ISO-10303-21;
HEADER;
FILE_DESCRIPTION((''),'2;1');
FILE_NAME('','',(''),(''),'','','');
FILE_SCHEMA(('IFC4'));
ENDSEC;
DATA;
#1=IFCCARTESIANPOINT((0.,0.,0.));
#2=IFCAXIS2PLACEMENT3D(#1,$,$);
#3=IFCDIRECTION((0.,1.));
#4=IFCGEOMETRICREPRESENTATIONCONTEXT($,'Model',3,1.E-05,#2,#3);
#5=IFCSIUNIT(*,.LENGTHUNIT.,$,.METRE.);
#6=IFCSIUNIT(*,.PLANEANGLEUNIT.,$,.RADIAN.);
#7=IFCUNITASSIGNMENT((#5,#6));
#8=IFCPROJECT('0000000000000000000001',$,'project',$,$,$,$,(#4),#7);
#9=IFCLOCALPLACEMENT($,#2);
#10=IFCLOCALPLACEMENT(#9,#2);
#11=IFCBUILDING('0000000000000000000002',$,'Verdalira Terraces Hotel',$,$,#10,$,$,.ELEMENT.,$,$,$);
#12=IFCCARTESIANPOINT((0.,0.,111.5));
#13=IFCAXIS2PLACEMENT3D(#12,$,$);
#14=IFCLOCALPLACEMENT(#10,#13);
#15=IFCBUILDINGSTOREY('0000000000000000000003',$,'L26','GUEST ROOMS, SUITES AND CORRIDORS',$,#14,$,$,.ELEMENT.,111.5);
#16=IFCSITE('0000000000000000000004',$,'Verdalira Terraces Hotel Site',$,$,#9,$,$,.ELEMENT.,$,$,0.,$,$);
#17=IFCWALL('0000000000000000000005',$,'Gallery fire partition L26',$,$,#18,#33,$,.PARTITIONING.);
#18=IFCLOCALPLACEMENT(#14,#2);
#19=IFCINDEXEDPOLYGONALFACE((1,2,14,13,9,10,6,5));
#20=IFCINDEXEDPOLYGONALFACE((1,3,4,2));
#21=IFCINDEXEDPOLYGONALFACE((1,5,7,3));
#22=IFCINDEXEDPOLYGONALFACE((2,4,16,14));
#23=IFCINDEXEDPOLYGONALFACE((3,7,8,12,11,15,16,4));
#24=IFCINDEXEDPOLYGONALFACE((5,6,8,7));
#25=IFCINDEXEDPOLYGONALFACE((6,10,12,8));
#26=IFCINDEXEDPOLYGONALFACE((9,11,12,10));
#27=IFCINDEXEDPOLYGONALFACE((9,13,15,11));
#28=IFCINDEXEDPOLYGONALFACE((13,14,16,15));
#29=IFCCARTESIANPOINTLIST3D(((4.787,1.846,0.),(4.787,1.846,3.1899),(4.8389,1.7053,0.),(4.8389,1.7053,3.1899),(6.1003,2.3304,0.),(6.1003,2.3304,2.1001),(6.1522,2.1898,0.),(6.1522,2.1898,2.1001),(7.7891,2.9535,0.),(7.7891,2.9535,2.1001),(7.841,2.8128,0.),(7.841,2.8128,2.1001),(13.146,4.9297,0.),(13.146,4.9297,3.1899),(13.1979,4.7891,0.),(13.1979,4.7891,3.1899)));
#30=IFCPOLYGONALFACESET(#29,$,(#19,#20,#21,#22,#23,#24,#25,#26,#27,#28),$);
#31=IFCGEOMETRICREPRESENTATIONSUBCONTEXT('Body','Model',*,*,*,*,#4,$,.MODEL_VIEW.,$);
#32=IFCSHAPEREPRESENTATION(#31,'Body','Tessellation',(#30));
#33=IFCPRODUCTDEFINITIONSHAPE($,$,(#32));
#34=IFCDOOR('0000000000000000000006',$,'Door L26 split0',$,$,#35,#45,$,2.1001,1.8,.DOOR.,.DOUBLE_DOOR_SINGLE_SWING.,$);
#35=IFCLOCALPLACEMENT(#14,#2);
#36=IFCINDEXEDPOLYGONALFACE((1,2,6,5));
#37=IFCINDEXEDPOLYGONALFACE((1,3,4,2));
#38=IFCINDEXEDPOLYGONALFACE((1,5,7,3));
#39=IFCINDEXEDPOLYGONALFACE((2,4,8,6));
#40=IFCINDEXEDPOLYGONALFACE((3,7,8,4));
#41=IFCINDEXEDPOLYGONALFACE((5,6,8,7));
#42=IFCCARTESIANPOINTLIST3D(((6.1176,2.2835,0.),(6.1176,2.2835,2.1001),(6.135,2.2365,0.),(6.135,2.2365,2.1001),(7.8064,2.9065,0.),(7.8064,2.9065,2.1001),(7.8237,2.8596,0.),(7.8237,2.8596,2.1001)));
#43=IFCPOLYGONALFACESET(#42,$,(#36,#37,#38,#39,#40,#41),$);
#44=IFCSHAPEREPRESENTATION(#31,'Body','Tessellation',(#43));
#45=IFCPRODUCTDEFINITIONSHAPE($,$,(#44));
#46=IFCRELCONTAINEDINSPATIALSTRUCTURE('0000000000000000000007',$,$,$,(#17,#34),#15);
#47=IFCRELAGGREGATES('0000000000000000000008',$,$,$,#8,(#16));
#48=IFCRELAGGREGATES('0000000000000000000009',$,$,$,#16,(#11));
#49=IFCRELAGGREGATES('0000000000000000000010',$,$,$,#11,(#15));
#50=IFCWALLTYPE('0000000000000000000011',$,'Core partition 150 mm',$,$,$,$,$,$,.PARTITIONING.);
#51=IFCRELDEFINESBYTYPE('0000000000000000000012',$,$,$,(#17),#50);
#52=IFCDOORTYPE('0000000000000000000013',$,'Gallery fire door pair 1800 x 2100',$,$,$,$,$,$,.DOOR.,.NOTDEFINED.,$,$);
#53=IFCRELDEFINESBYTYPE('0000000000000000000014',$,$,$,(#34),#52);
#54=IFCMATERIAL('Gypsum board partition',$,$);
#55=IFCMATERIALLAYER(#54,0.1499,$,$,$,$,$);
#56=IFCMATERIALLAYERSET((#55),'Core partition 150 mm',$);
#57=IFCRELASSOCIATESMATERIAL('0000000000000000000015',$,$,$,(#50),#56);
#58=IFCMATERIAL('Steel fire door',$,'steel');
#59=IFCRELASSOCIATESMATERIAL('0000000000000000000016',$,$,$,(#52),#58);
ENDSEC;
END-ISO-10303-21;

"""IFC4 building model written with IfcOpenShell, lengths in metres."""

from ifc_helpers import new_model, si_unit, direction, frame, frame_2d, origin, place, context, subcontext, project, spatial, rectangle, extrude, material, layer, layer_set, type_object, element, fill, save


model = new_model("IFC4")

# Units and contexts
model_context = context("Model", 3, precision=1e-05, world=origin(), true_north=direction((0.0, 1.0)))
body_context = subcontext(model_context, "Body", "Model", "MODEL_VIEW")
ifc_project = project(units=[si_unit("LENGTHUNIT", "METRE"), si_unit("PLANEANGLEUNIT", "RADIAN")], contexts=[model_context])

# Site, building, storey
site_placement = place(None, origin())
site = spatial("IfcSite", under=ifc_project, at=site_placement, Name="Verdalira Terraces Hotel Site", CompositionType="ELEMENT", RefElevation=0.0)
building_placement = place(site_placement, origin())
building = spatial("IfcBuilding", under=site, at=building_placement, Name="Verdalira Terraces Hotel", CompositionType="ELEMENT")
storey_placement = place(building_placement, frame((0.0, 0.0, 111.5)))
storey = spatial("IfcBuildingStorey", under=building, at=storey_placement, Name="L26", Description="GUEST ROOMS, SUITES AND CORRIDORS", CompositionType="ELEMENT", Elevation=111.5)

# Wall, opening, door
ifc_material_1 = material(Name="Gypsum board partition")
ifc_layer_1 = layer(ifc_material_1, 0.1499)
ifc_layer_set_1 = layer_set([ifc_layer_1], Name="Core partition 150 mm")
wall_type_1 = type_object("IfcWallType", Name="Core partition 150 mm", PredefinedType="PARTITIONING", material=ifc_layer_set_1)
wall_1_placement = place(storey_placement, frame((4.813, 1.7756, 0.0), z_axis=(0.0, 0.0, 1.0), x_axis=(0.938192, 0.346115, 0.0)))
wall_1 = element("IfcWall", 1, at=wall_1_placement, inside=storey, type_object=wall_type_1, Name="Gallery fire partition L26", PredefinedType="PARTITIONING", context=body_context, shape_type="SweptSolid", body=[
    extrude(rectangle(XDim=8.9097, YDim=0.1499, at=frame_2d((4.4548, 0.0))), origin(), (0.0, 0.0, 1.0), 3.1899),
])
opening_1_placement = place(wall_1_placement, frame((1.3999, 0.0, 0.0)))
opening_1 = element("IfcOpeningElement", 2, at=opening_1_placement, cuts=wall_1, PredefinedType="OPENING", context=body_context, shape_type="SweptSolid", body=[
    extrude(rectangle(XDim=1.8, YDim=2.1001, at=frame_2d((0.8999, 1.05))), frame((0.0, 0.085, 0.0), z_axis=(0.0, -1.0, 0.0), x_axis=(1.0, 0.0, 0.0)), (0.0, 0.0, 1.0), 0.1699),
])
ifc_material_2 = material(Name="Steel fire door", Category="steel")
door_type_1 = type_object("IfcDoorType", Name="Gallery fire door pair 1800 x 2100", OperationType="NOTDEFINED", PredefinedType="DOOR", material=ifc_material_2)
door_1_placement = place(opening_1_placement, origin())
door_1 = element("IfcDoor", 3, at=door_1_placement, inside=storey, type_object=door_type_1, Name="Door L26 split0", OperationType="DOUBLE_DOOR_SINGLE_SWING", OverallHeight=2.1001, OverallWidth=1.8, PredefinedType="DOOR", context=body_context, shape_type="SweptSolid", body=[
    extrude(rectangle(XDim=1.8, YDim=2.1001, at=frame_2d((0.8999, 1.05))), frame((0.0, 0.0249, 0.0), z_axis=(0.0, -1.0, 0.0), x_axis=(1.0, 0.0, 0.0)), (0.0, 0.0, 1.0), 0.05),
])
fill(opening_1, door_1)

save(model, "model.ifc")
